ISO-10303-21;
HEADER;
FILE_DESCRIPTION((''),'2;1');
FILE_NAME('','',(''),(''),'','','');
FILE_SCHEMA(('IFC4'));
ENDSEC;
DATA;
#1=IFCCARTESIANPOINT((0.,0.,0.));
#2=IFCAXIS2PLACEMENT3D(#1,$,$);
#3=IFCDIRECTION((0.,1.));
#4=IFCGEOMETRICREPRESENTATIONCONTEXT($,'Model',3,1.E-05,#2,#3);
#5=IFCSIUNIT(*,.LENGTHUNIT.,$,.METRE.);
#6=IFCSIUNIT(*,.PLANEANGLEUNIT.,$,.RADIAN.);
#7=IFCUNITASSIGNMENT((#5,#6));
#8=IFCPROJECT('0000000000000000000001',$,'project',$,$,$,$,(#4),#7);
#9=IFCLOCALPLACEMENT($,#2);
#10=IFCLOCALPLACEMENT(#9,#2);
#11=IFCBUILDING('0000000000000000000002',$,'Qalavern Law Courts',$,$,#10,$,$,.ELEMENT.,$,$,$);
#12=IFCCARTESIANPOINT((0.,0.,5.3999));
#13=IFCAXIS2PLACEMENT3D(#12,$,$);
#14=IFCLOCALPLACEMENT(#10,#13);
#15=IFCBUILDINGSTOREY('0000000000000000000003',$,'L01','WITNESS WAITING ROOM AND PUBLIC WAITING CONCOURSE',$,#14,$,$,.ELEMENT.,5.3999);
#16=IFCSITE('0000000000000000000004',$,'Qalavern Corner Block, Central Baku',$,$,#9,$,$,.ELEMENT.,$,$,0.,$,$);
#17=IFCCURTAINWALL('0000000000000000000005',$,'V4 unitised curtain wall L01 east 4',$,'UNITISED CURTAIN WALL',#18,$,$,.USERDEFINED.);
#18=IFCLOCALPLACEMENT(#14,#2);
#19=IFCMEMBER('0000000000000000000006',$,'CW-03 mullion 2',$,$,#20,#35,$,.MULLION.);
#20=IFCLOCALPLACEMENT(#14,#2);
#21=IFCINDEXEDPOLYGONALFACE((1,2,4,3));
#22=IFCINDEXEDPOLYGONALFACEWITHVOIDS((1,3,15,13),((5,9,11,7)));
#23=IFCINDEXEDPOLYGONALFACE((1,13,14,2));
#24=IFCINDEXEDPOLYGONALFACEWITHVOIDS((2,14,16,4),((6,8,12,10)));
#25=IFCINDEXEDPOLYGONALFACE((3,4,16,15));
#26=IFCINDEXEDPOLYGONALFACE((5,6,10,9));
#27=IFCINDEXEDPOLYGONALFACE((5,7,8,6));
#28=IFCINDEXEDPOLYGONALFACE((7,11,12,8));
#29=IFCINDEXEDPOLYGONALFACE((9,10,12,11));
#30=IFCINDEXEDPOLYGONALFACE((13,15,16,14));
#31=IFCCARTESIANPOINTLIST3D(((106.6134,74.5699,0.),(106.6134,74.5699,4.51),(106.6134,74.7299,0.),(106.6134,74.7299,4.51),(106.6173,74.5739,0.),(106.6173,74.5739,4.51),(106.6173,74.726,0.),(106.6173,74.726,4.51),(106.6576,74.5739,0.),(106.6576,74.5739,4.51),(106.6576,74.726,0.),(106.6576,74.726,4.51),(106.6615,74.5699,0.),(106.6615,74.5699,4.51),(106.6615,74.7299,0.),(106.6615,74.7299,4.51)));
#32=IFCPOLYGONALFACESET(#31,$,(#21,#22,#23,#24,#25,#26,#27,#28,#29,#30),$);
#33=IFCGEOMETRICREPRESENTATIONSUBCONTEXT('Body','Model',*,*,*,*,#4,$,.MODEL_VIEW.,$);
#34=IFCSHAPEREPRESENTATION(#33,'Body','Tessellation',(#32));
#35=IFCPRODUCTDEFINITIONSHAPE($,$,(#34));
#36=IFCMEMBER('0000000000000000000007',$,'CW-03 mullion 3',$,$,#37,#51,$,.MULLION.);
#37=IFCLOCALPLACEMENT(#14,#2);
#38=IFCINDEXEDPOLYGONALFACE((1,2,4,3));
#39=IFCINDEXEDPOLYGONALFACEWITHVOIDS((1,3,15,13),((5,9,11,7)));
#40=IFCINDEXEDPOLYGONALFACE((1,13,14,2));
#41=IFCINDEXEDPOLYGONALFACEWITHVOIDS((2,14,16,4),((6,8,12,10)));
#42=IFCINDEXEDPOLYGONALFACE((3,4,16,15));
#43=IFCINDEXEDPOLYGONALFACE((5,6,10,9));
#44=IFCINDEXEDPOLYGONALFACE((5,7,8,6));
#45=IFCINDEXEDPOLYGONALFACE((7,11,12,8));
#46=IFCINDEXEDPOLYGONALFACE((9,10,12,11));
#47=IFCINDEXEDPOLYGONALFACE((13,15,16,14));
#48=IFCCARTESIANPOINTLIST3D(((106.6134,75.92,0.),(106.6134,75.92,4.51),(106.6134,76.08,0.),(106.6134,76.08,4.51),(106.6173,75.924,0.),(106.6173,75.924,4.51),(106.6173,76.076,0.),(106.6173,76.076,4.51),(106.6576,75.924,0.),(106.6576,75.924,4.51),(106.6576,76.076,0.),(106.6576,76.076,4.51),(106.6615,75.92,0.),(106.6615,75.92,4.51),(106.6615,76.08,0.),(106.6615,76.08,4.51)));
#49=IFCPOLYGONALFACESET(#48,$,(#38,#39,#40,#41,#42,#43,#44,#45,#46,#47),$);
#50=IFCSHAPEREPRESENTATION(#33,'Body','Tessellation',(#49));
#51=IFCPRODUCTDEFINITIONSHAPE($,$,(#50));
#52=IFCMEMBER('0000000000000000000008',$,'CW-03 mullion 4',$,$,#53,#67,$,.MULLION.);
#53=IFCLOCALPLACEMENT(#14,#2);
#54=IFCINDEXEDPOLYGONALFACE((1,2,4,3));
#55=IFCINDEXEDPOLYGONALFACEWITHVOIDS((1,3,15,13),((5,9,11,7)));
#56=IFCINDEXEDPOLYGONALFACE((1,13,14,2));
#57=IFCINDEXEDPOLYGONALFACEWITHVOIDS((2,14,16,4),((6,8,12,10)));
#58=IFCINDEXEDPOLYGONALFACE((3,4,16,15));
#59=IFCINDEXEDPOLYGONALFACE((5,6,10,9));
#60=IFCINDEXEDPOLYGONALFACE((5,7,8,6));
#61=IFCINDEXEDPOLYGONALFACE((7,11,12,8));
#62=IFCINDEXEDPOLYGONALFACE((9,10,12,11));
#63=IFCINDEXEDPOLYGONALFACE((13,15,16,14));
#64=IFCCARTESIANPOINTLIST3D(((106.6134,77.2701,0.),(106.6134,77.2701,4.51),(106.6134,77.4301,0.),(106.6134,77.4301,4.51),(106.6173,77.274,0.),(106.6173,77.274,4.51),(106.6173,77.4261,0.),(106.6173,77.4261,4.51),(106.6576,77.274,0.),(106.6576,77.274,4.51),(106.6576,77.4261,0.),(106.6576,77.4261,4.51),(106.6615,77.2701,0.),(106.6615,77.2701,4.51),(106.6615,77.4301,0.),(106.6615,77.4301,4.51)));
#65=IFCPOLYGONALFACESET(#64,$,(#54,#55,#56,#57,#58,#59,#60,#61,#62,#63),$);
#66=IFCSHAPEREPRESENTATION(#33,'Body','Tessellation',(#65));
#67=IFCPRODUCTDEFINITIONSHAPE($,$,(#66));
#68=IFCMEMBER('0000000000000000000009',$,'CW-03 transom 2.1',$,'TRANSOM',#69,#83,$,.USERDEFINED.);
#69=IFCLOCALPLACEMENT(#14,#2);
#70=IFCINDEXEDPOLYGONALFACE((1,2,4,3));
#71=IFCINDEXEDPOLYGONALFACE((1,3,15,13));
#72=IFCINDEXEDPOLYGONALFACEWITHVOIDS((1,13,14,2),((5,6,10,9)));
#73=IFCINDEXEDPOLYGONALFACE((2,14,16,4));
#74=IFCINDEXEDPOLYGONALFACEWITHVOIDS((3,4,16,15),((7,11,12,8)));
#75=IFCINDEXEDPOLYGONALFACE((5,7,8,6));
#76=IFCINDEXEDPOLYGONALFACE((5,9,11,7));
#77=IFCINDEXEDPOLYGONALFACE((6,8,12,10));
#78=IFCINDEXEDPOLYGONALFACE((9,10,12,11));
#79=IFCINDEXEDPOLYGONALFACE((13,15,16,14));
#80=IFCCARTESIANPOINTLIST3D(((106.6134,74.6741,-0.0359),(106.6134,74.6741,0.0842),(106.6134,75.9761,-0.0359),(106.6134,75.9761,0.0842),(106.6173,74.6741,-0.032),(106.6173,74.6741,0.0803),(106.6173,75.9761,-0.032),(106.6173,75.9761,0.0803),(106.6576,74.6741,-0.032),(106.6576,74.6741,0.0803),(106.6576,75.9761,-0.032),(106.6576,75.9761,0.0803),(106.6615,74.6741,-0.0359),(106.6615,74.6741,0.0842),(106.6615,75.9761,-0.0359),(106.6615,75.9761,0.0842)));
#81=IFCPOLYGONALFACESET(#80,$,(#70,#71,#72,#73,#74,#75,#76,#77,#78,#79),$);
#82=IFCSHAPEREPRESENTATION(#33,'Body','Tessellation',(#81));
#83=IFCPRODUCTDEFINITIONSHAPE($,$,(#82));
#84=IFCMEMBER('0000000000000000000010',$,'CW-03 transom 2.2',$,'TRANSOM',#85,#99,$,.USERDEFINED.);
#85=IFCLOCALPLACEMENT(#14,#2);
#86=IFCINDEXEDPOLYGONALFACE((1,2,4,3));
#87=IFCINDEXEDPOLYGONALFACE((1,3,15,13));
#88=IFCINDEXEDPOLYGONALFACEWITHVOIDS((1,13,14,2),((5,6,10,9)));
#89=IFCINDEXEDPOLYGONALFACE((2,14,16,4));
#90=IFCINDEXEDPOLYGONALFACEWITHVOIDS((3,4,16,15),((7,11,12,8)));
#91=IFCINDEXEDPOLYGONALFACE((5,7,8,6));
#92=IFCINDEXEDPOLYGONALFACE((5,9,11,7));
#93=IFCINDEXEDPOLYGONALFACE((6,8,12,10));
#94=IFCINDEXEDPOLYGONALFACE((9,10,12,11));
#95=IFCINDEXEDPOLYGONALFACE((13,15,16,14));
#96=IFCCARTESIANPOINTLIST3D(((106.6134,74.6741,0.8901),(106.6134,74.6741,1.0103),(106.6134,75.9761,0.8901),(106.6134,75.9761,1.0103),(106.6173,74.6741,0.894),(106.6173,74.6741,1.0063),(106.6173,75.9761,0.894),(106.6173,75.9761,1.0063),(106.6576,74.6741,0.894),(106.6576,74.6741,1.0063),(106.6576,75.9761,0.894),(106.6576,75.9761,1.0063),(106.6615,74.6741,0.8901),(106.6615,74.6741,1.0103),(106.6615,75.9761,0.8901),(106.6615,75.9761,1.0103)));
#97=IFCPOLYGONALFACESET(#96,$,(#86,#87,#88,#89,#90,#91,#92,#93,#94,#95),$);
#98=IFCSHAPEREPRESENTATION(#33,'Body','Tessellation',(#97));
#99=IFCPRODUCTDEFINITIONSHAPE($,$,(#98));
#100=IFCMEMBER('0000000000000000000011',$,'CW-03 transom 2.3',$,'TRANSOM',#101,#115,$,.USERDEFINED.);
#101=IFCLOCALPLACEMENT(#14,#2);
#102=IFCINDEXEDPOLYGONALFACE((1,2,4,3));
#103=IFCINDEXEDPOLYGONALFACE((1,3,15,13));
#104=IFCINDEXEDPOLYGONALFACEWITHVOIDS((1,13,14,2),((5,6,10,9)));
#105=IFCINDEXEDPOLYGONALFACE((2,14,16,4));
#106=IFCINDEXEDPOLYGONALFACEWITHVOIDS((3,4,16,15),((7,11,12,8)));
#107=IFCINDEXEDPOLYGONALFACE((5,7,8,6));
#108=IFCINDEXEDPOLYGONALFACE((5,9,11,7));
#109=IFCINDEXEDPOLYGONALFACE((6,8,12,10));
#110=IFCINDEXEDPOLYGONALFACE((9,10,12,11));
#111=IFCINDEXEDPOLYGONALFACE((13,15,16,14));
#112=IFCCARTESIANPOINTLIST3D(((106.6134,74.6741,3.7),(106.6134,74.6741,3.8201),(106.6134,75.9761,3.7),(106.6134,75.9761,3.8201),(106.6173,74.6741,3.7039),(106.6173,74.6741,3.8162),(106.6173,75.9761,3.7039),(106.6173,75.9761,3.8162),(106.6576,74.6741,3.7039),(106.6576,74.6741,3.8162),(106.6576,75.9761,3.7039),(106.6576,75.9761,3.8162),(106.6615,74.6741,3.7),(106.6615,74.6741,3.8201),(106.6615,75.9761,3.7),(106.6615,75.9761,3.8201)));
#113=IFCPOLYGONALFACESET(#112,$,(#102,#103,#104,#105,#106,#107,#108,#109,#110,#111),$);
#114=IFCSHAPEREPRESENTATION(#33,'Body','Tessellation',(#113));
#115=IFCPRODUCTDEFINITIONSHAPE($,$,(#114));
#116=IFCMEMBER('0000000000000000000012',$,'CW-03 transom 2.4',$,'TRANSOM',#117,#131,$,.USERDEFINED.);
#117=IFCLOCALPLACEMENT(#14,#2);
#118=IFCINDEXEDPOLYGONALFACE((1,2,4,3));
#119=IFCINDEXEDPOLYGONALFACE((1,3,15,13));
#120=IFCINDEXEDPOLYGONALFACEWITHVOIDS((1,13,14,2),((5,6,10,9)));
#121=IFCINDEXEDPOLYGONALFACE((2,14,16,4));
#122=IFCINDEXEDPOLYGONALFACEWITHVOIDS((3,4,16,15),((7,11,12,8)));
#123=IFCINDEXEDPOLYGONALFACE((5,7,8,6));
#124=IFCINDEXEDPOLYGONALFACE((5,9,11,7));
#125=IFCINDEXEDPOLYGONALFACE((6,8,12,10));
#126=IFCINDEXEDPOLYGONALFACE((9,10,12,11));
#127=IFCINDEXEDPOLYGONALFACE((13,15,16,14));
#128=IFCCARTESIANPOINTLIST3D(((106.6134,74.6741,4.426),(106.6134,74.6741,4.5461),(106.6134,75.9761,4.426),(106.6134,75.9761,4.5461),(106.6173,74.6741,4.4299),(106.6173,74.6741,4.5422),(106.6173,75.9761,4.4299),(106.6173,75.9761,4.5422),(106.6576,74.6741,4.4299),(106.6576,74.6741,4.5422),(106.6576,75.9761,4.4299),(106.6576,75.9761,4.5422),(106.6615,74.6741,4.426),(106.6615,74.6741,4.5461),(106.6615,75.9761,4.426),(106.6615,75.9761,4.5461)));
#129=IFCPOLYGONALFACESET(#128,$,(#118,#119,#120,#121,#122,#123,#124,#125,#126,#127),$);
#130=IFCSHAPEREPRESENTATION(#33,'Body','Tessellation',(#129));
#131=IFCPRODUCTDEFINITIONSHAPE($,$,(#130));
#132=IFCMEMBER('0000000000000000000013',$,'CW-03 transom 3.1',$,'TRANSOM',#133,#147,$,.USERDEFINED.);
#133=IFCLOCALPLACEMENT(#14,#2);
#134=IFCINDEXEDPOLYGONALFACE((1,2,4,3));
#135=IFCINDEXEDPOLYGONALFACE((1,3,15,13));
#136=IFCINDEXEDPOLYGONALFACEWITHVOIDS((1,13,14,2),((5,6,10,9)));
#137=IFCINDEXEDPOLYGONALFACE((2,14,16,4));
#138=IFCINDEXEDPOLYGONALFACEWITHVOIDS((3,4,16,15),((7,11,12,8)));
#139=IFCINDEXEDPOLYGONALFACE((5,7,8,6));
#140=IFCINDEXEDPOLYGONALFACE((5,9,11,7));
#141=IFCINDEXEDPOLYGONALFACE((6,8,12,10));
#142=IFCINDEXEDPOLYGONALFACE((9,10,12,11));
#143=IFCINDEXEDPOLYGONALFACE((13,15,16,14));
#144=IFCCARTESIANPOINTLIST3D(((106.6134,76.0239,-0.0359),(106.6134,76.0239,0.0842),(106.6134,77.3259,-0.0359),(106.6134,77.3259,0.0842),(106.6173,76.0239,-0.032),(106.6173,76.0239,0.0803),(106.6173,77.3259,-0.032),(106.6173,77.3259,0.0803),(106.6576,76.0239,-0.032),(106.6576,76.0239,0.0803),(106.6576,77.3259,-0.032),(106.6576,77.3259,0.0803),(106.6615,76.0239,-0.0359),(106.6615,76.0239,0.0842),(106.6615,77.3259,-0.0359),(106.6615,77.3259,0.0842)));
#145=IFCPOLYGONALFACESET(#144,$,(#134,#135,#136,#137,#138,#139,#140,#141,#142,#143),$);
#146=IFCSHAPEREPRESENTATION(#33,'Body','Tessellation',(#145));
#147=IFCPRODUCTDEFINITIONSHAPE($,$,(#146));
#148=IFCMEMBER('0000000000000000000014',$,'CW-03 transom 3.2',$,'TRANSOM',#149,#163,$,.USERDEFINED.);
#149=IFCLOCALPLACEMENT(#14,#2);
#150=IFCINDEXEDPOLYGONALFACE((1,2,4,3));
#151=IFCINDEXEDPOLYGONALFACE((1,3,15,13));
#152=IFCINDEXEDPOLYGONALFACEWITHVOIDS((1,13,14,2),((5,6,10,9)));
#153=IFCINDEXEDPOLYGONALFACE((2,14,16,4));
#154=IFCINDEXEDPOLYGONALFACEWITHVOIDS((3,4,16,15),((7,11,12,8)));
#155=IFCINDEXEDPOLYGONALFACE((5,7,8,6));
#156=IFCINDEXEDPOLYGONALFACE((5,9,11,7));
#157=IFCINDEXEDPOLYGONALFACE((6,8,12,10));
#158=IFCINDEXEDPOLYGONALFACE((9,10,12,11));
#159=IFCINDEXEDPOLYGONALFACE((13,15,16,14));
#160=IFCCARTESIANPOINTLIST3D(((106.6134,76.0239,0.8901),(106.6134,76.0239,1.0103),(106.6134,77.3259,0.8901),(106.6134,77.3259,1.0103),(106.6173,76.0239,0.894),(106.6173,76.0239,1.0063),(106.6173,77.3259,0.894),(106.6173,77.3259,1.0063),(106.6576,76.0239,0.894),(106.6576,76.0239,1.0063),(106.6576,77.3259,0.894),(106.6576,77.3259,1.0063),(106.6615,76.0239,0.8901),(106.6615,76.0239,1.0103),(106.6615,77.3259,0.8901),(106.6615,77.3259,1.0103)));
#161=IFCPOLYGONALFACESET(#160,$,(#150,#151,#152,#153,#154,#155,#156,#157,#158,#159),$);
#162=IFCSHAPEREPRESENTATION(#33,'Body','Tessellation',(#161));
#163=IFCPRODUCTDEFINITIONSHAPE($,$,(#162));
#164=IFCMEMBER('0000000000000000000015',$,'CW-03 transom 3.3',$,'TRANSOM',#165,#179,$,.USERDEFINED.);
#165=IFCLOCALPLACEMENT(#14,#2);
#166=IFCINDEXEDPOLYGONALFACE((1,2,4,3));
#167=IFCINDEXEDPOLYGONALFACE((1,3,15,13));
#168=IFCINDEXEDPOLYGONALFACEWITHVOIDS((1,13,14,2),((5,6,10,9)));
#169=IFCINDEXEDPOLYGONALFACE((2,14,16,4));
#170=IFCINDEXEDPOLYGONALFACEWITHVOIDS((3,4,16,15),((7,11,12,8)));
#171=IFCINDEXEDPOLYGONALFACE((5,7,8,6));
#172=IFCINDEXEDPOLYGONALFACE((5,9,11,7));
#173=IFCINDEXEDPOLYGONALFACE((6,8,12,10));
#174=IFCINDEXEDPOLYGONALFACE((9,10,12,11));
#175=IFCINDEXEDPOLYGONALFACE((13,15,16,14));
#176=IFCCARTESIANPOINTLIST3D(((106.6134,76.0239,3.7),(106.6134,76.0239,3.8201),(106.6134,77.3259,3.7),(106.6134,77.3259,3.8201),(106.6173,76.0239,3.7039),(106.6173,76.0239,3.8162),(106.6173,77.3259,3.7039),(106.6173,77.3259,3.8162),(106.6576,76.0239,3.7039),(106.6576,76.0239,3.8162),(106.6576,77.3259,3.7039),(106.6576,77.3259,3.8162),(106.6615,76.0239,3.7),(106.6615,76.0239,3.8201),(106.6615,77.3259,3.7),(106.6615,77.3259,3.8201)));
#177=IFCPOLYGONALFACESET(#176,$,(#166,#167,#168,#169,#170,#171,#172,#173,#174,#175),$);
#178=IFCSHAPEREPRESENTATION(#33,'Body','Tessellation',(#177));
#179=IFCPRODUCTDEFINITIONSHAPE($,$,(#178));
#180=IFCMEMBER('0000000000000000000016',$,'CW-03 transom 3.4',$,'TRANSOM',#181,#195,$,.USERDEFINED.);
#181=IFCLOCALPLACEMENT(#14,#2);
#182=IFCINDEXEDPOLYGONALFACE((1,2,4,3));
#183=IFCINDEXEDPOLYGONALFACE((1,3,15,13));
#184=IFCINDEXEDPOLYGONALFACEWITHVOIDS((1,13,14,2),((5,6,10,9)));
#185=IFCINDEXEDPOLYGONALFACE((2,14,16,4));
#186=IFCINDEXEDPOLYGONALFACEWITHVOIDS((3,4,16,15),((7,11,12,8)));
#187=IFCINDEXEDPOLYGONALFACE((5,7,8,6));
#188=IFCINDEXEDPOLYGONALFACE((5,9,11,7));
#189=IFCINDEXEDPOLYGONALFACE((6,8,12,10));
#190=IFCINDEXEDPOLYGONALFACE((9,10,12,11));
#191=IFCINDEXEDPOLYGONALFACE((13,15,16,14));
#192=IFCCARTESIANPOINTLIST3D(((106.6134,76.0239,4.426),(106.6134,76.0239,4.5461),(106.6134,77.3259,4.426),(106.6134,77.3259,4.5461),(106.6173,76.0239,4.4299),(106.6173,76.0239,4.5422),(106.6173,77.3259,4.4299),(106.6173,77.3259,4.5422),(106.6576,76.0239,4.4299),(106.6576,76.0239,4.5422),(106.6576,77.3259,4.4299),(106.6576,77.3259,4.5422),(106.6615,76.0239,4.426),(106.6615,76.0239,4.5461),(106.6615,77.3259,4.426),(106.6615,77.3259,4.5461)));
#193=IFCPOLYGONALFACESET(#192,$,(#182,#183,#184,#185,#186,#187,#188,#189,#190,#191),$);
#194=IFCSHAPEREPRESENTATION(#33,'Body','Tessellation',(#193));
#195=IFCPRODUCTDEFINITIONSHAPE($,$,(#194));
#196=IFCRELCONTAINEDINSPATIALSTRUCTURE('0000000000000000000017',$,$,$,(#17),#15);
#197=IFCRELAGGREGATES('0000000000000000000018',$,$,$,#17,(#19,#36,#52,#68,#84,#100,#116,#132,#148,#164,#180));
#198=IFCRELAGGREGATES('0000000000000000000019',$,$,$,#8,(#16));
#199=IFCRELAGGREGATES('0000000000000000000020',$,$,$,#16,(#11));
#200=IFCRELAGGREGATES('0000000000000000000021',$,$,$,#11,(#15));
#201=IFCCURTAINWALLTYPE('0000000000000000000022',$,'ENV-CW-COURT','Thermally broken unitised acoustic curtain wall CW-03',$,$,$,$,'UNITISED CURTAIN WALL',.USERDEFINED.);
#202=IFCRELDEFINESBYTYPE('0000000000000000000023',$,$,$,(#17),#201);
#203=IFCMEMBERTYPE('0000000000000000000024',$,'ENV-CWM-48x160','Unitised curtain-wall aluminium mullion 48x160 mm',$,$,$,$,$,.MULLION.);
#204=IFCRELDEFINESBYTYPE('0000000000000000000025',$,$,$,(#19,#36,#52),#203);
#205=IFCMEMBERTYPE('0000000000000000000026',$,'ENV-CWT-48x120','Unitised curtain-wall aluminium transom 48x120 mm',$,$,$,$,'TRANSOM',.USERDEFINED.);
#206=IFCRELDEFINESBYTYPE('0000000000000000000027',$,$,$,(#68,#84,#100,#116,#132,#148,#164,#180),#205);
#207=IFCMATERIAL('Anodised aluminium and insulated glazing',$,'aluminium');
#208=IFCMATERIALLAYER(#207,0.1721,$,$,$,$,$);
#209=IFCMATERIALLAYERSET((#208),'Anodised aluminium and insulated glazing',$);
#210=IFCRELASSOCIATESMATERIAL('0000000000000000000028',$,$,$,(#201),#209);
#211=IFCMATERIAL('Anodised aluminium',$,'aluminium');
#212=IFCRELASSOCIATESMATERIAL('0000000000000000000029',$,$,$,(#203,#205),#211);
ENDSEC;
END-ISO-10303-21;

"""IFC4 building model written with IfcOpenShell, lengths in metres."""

from ifc_helpers import new_model, si_unit, direction, frame, origin, origin_2d, place, context, subcontext, project, spatial, hollow_rectangle, extrude, material, layer, layer_set, material_profile, profile_set, type_object, element, aggregate, save


model = new_model("IFC4")

# Units and contexts
model_context = context("Model", 3, precision=1e-05, world=origin(), true_north=direction((0.0, 1.0)))
body_context = subcontext(model_context, "Body", "Model", "MODEL_VIEW")
ifc_project = project(units=[si_unit("LENGTHUNIT", "METRE"), si_unit("PLANEANGLEUNIT", "RADIAN")], contexts=[model_context])

# Site, building, storey
site_placement = place(None, origin())
site = spatial("IfcSite", under=ifc_project, at=site_placement, Name="Qalavern Corner Block, Central Baku", CompositionType="ELEMENT", RefElevation=0.0)
building_placement = place(site_placement, origin())
building = spatial("IfcBuilding", under=site, at=building_placement, Name="Qalavern Law Courts", CompositionType="ELEMENT")
storey_placement = place(building_placement, frame((0.0, 0.0, 5.3999)))
storey = spatial("IfcBuildingStorey", under=building, at=storey_placement, Name="L01", Description="WITNESS WAITING ROOM AND PUBLIC WAITING CONCOURSE", CompositionType="ELEMENT", Elevation=5.3999)

# Curtain wall, members
ifc_material_1 = material(Name="Anodised aluminium and insulated glazing", Category="aluminium")
ifc_layer_1 = layer(ifc_material_1, 0.1721)
ifc_layer_set_1 = layer_set([ifc_layer_1], Name="Anodised aluminium and insulated glazing")
curtain_wall_type = type_object("IfcCurtainWallType", Name="ENV-CW-COURT", Description="Thermally broken unitised acoustic curtain wall CW-03", ElementType="UNITISED CURTAIN WALL", PredefinedType="USERDEFINED", material=ifc_layer_set_1)
curtain_wall_placement = place(storey_placement, origin())
curtain_wall = element("IfcCurtainWall", 1, at=curtain_wall_placement, inside=storey, type_object=curtain_wall_type, Name="V4 unitised curtain wall L01 east 4", ObjectType="UNITISED CURTAIN WALL", PredefinedType="USERDEFINED")
ifc_material_2 = material(Name="Anodised aluminium", Category="aluminium")
ifc_material_profile_1 = material_profile(ifc_material_2, hollow_rectangle(XDim=0.0481, YDim=0.1599, WallThickness=0.0039, at=origin_2d()), Name="ALU MULLION 48x160")
ifc_profile_set_1 = profile_set([ifc_material_profile_1], Name="Anodised aluminium")
member_type_1 = type_object("IfcMemberType", Name="ENV-CWM-48x160", Description="Unitised curtain-wall aluminium mullion 48x160 mm", PredefinedType="MULLION", material=ifc_profile_set_1)
member_1_placement = place(storey_placement, frame((106.6375, 74.6499, 0.0), z_axis=(0.0, 0.0, 1.0), x_axis=(-1.0, 0.0, 0.0)))
member_1 = element("IfcMember", 2, at=member_1_placement, type_object=member_type_1, Name="CW-03 mullion 2", PredefinedType="MULLION", context=body_context, shape_type="SweptSolid", body=[
    extrude(hollow_rectangle(XDim=0.0481, YDim=0.1599, WallThickness=0.0039, at=origin_2d()), origin(), (0.0, 0.0, 1.0), 4.51),
])
member_2_placement = place(storey_placement, frame((106.6375, 76.0, 0.0), z_axis=(0.0, 0.0, 1.0), x_axis=(-1.0, 0.0, 0.0)))
member_2 = element("IfcMember", 3, at=member_2_placement, type_object=member_type_1, Name="CW-03 mullion 3", PredefinedType="MULLION", context=body_context, shape_type="SweptSolid", body=[
    extrude(hollow_rectangle(XDim=0.0481, YDim=0.1599, WallThickness=0.0039, at=origin_2d()), origin(), (0.0, 0.0, 1.0), 4.51),
])
member_3_placement = place(storey_placement, frame((106.6375, 77.3501, 0.0), z_axis=(0.0, 0.0, 1.0), x_axis=(-1.0, 0.0, 0.0)))
member_3 = element("IfcMember", 4, at=member_3_placement, type_object=member_type_1, Name="CW-03 mullion 4", PredefinedType="MULLION", context=body_context, shape_type="SweptSolid", body=[
    extrude(hollow_rectangle(XDim=0.0481, YDim=0.1599, WallThickness=0.0039, at=origin_2d()), origin(), (0.0, 0.0, 1.0), 4.51),
])
ifc_material_profile_2 = material_profile(ifc_material_2, hollow_rectangle(XDim=0.0481, YDim=0.1201, WallThickness=0.0039, at=origin_2d()), Name="ALU TRANSOM 48x120")
ifc_profile_set_2 = profile_set([ifc_material_profile_2], Name="Anodised aluminium")
member_type_2 = type_object("IfcMemberType", Name="ENV-CWT-48x120", Description="Unitised curtain-wall aluminium transom 48x120 mm", ElementType="TRANSOM", PredefinedType="USERDEFINED", material=ifc_profile_set_2)
member_4_placement = place(storey_placement, frame((106.6375, 74.6741, 0.0242), z_axis=(0.0, 1.0, 0.0), x_axis=(-1.0, 0.0, 0.0)))
member_4 = element("IfcMember", 5, at=member_4_placement, type_object=member_type_2, Name="CW-03 transom 2.1", ObjectType="TRANSOM", PredefinedType="USERDEFINED", context=body_context, shape_type="SweptSolid", body=[
    extrude(hollow_rectangle(XDim=0.0481, YDim=0.1201, WallThickness=0.0039, at=origin_2d()), origin(), (0.0, 0.0, 1.0), 1.302),
])
member_5_placement = place(storey_placement, frame((106.6375, 74.6741, 0.9502), z_axis=(0.0, 1.0, 0.0), x_axis=(-1.0, 0.0, 0.0)))
member_5 = element("IfcMember", 6, at=member_5_placement, type_object=member_type_2, Name="CW-03 transom 2.2", ObjectType="TRANSOM", PredefinedType="USERDEFINED", context=body_context, shape_type="SweptSolid", body=[
    extrude(hollow_rectangle(XDim=0.0481, YDim=0.1201, WallThickness=0.0039, at=origin_2d()), origin(), (0.0, 0.0, 1.0), 1.302),
])
member_6_placement = place(storey_placement, frame((106.6375, 74.6741, 3.76), z_axis=(0.0, 1.0, 0.0), x_axis=(-1.0, 0.0, 0.0)))
member_6 = element("IfcMember", 7, at=member_6_placement, type_object=member_type_2, Name="CW-03 transom 2.3", ObjectType="TRANSOM", PredefinedType="USERDEFINED", context=body_context, shape_type="SweptSolid", body=[
    extrude(hollow_rectangle(XDim=0.0481, YDim=0.1201, WallThickness=0.0039, at=origin_2d()), origin(), (0.0, 0.0, 1.0), 1.302),
])
member_7_placement = place(storey_placement, frame((106.6375, 74.6741, 4.4861), z_axis=(0.0, 1.0, 0.0), x_axis=(-1.0, 0.0, 0.0)))
member_7 = element("IfcMember", 8, at=member_7_placement, type_object=member_type_2, Name="CW-03 transom 2.4", ObjectType="TRANSOM", PredefinedType="USERDEFINED", context=body_context, shape_type="SweptSolid", body=[
    extrude(hollow_rectangle(XDim=0.0481, YDim=0.1201, WallThickness=0.0039, at=origin_2d()), origin(), (0.0, 0.0, 1.0), 1.302),
])
member_8_placement = place(storey_placement, frame((106.6375, 76.0239, 0.0242), z_axis=(0.0, 1.0, 0.0), x_axis=(-1.0, 0.0, 0.0)))
member_8 = element("IfcMember", 9, at=member_8_placement, type_object=member_type_2, Name="CW-03 transom 3.1", ObjectType="TRANSOM", PredefinedType="USERDEFINED", context=body_context, shape_type="SweptSolid", body=[
    extrude(hollow_rectangle(XDim=0.0481, YDim=0.1201, WallThickness=0.0039, at=origin_2d()), origin(), (0.0, 0.0, 1.0), 1.302),
])
member_9_placement = place(storey_placement, frame((106.6375, 76.0239, 0.9502), z_axis=(0.0, 1.0, 0.0), x_axis=(-1.0, 0.0, 0.0)))
member_9 = element("IfcMember", 10, at=member_9_placement, type_object=member_type_2, Name="CW-03 transom 3.2", ObjectType="TRANSOM", PredefinedType="USERDEFINED", context=body_context, shape_type="SweptSolid", body=[
    extrude(hollow_rectangle(XDim=0.0481, YDim=0.1201, WallThickness=0.0039, at=origin_2d()), origin(), (0.0, 0.0, 1.0), 1.302),
])
member_10_placement = place(storey_placement, frame((106.6375, 76.0239, 3.76), z_axis=(0.0, 1.0, 0.0), x_axis=(-1.0, 0.0, 0.0)))
member_10 = element("IfcMember", 11, at=member_10_placement, type_object=member_type_2, Name="CW-03 transom 3.3", ObjectType="TRANSOM", PredefinedType="USERDEFINED", context=body_context, shape_type="SweptSolid", body=[
    extrude(hollow_rectangle(XDim=0.0481, YDim=0.1201, WallThickness=0.0039, at=origin_2d()), origin(), (0.0, 0.0, 1.0), 1.302),
])
member_11_placement = place(storey_placement, frame((106.6375, 76.0239, 4.4861), z_axis=(0.0, 1.0, 0.0), x_axis=(-1.0, 0.0, 0.0)))
member_11 = element("IfcMember", 12, at=member_11_placement, type_object=member_type_2, Name="CW-03 transom 3.4", ObjectType="TRANSOM", PredefinedType="USERDEFINED", context=body_context, shape_type="SweptSolid", body=[
    extrude(hollow_rectangle(XDim=0.0481, YDim=0.1201, WallThickness=0.0039, at=origin_2d()), origin(), (0.0, 0.0, 1.0), 1.302),
])
aggregate(curtain_wall, [member_1, member_2, member_3, member_4, member_5, member_6, member_7, member_8, member_9, member_10, member_11])

save(model, "model.ifc")
